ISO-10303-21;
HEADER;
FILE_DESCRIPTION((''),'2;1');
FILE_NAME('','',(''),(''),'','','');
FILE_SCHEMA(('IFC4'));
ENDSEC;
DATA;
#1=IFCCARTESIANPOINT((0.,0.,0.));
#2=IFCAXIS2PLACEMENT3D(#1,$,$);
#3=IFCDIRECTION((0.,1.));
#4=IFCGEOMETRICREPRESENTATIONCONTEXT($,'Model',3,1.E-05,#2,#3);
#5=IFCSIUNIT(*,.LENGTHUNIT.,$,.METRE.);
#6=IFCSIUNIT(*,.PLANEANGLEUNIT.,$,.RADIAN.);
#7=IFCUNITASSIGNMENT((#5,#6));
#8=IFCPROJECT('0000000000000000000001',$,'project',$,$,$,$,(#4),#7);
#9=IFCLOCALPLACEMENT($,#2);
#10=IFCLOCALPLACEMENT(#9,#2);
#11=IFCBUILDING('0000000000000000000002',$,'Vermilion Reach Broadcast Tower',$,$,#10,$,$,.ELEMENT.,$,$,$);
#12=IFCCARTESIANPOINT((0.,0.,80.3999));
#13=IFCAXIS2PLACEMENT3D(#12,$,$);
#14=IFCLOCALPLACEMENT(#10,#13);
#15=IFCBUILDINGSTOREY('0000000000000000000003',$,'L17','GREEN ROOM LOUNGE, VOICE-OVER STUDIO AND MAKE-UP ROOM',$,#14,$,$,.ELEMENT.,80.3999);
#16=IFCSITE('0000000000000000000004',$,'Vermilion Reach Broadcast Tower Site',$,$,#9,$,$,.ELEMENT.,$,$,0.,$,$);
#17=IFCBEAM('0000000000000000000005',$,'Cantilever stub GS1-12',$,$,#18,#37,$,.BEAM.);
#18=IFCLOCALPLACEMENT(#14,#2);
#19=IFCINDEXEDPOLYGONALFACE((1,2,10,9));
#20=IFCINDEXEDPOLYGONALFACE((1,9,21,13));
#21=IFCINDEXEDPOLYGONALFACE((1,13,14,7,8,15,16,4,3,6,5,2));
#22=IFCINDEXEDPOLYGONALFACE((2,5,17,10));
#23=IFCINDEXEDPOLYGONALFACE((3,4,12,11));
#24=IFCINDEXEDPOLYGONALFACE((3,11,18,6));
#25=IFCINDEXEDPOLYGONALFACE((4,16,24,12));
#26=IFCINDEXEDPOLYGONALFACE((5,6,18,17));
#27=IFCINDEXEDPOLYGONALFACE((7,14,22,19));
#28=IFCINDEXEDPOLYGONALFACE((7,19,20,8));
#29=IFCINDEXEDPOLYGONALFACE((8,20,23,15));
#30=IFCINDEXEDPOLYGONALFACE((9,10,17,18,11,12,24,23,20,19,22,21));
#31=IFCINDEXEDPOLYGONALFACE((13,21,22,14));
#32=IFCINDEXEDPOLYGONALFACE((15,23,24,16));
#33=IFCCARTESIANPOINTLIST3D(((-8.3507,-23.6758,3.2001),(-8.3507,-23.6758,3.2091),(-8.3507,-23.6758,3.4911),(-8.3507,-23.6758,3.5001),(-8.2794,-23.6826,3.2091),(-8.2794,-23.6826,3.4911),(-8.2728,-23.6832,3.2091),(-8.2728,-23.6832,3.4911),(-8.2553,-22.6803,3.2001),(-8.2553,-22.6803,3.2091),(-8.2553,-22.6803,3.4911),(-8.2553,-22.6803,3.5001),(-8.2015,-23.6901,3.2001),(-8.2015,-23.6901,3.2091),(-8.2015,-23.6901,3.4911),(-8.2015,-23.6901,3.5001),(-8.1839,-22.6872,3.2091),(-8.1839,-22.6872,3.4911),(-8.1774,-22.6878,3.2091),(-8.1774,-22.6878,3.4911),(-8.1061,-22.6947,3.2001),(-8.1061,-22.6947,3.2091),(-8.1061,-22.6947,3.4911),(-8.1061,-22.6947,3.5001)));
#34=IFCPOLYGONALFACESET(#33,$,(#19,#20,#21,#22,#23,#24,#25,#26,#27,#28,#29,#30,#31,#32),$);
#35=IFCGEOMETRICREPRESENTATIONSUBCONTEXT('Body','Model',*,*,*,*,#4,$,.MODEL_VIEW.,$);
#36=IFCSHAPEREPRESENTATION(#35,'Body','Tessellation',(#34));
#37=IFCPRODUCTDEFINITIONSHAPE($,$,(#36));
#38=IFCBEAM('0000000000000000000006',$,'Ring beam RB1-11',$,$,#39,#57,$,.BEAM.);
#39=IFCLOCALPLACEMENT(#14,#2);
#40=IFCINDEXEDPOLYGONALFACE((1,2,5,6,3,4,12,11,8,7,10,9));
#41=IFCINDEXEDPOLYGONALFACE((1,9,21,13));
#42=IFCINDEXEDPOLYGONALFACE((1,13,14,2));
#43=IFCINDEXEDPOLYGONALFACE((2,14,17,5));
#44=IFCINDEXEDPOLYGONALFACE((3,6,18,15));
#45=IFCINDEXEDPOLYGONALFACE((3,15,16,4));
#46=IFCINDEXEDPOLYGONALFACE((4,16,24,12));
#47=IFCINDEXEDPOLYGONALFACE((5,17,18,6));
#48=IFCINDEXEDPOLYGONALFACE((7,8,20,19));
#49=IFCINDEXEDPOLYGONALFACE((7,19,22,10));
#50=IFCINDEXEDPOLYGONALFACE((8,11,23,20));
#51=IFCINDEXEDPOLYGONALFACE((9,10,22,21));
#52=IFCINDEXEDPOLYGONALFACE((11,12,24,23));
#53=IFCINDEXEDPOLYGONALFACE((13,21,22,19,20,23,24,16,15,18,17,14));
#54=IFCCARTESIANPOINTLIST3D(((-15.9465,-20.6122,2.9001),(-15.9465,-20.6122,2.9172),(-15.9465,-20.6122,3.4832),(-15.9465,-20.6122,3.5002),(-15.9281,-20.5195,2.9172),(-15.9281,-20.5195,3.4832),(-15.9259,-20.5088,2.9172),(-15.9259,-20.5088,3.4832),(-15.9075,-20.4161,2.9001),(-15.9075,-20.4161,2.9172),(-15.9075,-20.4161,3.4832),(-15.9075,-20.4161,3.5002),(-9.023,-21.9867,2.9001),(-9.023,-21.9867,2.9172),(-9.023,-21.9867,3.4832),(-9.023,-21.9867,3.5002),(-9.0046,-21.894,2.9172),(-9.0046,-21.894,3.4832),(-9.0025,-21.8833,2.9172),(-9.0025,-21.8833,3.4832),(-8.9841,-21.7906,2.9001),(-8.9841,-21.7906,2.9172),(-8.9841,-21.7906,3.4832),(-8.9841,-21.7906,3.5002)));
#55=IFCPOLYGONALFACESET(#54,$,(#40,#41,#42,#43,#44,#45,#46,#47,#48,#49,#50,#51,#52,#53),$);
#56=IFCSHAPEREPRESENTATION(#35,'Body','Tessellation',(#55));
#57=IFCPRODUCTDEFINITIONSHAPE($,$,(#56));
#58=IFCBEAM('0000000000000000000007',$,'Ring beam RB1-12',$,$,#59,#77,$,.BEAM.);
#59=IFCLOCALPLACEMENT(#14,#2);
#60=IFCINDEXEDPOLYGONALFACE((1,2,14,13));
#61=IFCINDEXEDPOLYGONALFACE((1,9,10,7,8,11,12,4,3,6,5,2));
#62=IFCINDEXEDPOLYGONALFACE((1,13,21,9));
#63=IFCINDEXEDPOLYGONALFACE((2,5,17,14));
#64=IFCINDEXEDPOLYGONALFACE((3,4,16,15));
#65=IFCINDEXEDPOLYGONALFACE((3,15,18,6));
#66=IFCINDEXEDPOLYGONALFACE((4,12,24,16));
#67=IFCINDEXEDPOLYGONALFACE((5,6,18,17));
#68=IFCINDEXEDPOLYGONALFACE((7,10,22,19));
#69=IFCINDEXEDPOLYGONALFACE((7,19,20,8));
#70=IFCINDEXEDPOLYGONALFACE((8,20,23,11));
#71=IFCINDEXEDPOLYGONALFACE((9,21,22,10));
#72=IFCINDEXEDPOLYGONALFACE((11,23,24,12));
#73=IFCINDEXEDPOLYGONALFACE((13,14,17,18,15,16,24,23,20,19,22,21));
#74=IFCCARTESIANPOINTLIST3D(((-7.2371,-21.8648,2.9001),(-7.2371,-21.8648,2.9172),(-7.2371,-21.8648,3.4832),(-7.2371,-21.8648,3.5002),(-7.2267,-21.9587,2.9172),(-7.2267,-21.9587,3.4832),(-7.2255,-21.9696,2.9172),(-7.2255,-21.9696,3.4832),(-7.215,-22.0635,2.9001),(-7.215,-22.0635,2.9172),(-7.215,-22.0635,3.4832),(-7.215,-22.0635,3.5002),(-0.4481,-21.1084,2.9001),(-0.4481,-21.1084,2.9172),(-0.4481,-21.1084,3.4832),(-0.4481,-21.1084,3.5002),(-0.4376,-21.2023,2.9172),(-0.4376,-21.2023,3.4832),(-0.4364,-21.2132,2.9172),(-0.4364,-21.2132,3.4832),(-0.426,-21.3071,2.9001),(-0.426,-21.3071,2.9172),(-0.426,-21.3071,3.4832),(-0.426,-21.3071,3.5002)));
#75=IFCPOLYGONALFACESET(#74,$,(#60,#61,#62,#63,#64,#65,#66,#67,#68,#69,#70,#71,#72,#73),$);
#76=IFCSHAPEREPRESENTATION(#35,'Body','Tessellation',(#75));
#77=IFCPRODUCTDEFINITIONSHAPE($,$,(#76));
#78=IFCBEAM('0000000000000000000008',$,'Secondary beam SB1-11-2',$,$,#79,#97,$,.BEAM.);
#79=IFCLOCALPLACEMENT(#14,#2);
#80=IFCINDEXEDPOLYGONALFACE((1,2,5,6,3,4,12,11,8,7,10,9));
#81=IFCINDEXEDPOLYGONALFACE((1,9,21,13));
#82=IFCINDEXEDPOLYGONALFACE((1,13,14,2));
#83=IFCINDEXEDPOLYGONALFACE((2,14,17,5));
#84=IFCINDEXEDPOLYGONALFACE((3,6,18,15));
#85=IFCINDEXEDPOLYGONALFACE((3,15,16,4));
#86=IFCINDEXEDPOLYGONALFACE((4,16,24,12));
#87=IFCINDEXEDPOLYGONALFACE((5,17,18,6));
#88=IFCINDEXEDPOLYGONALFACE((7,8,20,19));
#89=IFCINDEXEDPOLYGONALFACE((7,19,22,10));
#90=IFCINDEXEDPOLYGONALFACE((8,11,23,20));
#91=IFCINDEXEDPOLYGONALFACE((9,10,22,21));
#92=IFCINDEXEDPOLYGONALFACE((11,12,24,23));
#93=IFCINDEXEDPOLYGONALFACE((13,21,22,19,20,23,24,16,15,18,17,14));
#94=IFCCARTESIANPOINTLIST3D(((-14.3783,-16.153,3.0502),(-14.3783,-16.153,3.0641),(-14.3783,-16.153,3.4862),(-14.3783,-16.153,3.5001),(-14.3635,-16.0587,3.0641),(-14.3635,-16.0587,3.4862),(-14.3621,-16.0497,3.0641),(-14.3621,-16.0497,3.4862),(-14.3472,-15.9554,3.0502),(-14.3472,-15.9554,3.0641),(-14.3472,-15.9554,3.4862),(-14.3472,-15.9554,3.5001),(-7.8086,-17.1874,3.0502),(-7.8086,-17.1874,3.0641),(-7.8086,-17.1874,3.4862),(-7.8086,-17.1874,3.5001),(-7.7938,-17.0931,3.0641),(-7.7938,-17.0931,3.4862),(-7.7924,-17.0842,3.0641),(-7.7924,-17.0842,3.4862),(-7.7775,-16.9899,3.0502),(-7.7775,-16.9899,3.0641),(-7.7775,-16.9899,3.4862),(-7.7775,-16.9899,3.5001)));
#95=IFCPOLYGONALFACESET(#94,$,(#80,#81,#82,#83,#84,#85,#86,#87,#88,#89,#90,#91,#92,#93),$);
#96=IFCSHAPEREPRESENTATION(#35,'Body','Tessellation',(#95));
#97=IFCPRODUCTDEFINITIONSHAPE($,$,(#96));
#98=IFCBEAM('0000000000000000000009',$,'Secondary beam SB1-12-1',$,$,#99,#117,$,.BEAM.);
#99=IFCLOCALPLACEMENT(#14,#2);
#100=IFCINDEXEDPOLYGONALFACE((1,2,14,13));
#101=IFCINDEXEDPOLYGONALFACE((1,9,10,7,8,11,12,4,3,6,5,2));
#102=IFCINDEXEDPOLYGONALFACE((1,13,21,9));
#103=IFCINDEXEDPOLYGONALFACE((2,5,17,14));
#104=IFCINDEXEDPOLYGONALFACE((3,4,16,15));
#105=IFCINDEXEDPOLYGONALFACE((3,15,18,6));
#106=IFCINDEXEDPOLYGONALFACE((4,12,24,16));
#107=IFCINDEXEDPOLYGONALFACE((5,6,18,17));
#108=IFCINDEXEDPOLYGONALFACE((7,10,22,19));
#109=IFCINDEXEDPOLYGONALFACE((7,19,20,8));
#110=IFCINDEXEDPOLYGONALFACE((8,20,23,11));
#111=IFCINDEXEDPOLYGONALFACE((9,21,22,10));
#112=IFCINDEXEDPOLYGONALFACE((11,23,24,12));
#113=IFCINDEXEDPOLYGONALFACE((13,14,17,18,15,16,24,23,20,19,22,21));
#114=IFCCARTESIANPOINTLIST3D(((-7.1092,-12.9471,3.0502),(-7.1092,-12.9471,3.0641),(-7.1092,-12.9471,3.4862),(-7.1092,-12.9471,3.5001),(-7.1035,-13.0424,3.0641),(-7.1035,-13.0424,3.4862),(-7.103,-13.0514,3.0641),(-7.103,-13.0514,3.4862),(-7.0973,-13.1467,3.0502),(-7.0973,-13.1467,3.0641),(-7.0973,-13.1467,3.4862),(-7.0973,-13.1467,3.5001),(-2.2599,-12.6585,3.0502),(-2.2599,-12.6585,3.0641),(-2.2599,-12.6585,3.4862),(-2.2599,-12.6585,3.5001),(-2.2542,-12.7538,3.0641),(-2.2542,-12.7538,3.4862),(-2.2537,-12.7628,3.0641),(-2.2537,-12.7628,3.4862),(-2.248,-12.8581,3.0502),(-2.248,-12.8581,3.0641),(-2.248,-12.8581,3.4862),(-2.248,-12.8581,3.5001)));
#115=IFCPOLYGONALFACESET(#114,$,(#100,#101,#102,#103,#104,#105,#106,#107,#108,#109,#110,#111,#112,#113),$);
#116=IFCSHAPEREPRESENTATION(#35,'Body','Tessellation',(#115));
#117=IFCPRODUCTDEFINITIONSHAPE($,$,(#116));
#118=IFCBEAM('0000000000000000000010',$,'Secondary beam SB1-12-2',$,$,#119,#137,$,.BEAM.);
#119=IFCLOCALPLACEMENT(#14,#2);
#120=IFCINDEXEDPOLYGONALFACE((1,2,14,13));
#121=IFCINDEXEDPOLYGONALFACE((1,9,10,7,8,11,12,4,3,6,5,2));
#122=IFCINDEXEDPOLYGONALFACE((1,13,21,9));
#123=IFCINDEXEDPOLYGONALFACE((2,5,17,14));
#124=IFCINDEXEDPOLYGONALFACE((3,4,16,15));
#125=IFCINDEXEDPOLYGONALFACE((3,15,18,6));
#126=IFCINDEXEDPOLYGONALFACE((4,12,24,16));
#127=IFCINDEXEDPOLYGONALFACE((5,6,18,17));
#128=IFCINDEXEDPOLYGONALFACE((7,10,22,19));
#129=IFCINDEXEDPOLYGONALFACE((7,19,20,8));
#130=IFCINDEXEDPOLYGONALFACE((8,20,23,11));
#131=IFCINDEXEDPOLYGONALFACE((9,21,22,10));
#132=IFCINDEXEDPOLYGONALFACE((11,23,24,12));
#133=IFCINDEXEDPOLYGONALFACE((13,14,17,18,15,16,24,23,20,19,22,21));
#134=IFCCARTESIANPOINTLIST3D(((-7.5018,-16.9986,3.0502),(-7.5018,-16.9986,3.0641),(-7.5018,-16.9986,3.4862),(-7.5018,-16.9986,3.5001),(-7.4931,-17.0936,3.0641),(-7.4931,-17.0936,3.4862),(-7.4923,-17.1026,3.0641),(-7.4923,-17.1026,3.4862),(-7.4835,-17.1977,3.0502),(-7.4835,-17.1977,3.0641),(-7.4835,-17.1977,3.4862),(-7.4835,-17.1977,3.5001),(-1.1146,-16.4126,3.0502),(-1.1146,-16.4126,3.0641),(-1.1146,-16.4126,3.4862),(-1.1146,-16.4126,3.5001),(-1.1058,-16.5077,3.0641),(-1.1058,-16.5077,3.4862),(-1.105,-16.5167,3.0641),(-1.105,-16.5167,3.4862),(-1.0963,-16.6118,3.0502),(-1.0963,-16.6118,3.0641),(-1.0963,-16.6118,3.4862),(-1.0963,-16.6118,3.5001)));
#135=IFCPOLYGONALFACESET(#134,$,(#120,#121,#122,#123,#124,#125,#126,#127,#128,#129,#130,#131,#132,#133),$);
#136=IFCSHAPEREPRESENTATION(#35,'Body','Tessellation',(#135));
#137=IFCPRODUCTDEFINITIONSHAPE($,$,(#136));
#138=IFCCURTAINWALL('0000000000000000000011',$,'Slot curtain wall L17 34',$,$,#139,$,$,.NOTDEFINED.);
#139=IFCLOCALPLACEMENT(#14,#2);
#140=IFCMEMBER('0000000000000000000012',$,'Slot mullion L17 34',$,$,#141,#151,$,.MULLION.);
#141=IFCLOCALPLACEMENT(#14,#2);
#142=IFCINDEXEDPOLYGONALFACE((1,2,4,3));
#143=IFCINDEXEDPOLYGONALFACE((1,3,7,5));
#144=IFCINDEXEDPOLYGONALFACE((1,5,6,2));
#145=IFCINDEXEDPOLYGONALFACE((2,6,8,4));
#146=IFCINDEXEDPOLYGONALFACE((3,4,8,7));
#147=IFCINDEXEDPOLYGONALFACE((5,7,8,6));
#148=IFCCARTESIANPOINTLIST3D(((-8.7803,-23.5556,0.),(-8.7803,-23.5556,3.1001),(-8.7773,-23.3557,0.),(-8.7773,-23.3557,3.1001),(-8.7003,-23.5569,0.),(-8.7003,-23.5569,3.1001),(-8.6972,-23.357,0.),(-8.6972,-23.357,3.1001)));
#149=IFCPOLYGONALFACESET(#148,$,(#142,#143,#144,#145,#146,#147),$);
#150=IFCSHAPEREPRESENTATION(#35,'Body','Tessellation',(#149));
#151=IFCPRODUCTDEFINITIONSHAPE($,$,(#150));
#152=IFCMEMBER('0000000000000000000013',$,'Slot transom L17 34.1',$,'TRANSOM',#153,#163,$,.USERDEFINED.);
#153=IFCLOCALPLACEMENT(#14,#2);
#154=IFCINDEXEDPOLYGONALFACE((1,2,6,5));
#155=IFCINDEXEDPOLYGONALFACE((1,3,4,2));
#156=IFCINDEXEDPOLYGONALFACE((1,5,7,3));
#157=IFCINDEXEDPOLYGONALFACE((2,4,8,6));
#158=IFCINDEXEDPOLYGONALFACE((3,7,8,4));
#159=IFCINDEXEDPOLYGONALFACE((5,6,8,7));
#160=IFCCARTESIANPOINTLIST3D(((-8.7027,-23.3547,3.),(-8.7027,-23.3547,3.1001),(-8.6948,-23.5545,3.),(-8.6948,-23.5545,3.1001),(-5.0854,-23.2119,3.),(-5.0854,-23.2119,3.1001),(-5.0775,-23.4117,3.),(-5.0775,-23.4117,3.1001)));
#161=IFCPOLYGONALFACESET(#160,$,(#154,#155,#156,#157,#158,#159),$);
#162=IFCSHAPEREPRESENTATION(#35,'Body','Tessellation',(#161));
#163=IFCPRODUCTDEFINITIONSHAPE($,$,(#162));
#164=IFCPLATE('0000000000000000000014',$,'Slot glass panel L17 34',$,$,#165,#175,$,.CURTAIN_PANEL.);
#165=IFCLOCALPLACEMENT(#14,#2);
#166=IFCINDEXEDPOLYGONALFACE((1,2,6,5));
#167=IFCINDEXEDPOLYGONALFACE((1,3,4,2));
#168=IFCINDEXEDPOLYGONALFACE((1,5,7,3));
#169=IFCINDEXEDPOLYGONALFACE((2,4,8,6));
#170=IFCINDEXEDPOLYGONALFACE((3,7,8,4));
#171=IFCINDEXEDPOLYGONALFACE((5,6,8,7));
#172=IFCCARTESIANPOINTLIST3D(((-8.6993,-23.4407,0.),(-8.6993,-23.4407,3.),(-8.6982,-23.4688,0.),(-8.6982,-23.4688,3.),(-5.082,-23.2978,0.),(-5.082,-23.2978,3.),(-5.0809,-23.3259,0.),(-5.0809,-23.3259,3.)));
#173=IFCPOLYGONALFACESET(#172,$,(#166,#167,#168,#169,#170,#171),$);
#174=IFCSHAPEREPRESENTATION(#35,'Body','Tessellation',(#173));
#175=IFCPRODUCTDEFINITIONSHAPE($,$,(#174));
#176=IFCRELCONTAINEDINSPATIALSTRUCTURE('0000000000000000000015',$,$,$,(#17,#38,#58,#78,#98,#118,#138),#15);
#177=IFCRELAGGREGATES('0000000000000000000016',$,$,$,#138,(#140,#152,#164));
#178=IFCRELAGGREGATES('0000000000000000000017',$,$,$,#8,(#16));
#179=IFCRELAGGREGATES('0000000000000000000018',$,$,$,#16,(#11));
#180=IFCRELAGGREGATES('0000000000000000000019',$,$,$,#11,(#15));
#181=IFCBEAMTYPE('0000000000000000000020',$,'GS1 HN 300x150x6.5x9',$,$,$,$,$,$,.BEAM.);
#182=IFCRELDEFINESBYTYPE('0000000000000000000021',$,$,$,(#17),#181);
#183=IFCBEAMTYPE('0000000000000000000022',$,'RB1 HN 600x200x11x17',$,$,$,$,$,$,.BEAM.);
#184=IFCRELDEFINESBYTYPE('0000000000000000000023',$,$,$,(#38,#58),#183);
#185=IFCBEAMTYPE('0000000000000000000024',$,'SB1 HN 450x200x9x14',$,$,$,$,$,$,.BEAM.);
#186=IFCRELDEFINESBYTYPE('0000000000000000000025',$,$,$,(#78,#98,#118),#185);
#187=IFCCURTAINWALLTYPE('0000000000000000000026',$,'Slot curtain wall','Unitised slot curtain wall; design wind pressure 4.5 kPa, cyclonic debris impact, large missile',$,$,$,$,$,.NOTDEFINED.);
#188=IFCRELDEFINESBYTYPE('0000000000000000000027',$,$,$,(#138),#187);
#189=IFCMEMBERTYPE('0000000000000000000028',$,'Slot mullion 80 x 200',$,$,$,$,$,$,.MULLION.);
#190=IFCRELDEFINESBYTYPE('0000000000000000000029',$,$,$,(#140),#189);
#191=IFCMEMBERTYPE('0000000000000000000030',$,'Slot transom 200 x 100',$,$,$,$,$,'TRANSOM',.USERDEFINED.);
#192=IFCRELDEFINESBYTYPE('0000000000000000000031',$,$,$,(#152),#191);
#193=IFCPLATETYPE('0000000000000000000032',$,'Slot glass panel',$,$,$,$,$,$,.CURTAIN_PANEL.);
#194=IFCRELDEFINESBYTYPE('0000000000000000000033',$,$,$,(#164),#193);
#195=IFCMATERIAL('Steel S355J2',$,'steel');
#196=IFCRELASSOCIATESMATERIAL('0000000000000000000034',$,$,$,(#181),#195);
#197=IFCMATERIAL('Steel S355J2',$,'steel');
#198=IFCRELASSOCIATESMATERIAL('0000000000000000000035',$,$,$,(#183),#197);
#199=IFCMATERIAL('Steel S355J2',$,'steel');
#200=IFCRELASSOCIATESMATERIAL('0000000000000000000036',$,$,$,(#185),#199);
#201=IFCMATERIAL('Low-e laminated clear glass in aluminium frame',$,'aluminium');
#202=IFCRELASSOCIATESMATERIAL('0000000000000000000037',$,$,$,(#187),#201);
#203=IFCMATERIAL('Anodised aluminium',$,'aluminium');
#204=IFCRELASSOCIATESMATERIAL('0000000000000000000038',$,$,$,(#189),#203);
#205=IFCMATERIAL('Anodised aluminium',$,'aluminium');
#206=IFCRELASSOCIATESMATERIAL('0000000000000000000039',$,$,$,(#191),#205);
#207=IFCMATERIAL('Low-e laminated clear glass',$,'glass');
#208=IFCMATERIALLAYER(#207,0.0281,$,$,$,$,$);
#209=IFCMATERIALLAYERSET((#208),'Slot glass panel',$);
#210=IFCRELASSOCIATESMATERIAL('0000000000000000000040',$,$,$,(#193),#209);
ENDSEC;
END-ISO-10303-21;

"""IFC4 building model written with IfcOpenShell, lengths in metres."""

from ifc_helpers import new_model, si_unit, direction, frame, origin, origin_2d, place, context, subcontext, project, spatial, rectangle, i_section, extrude, material, layer, layer_set, material_profile, profile_set, type_object, element, aggregate, save


model = new_model("IFC4")

# Units and contexts
model_context = context("Model", 3, precision=1e-05, world=origin(), true_north=direction((0.0, 1.0)))
body_context = subcontext(model_context, "Body", "Model", "MODEL_VIEW")
ifc_project = project(units=[si_unit("LENGTHUNIT", "METRE"), si_unit("PLANEANGLEUNIT", "RADIAN")], contexts=[model_context])

# Site, building, storey
site_placement = place(None, origin())
site = spatial("IfcSite", under=ifc_project, at=site_placement, Name="Vermilion Reach Broadcast Tower Site", CompositionType="ELEMENT", RefElevation=0.0)
building_placement = place(site_placement, origin())
building = spatial("IfcBuilding", under=site, at=building_placement, Name="Vermilion Reach Broadcast Tower", CompositionType="ELEMENT")
storey_placement = place(building_placement, frame((0.0, 0.0, 80.3999)))
storey = spatial("IfcBuildingStorey", under=building, at=storey_placement, Name="L17", Description="GREEN ROOM LOUNGE, VOICE-OVER STUDIO AND MAKE-UP ROOM", CompositionType="ELEMENT", Elevation=80.3999)

# Beams
ifc_material_1 = material(Name="Steel S355J2", Category="steel")
ifc_material_profile_1 = material_profile(ifc_material_1, i_section(OverallWidth=0.1499, OverallDepth=0.3, WebThickness=0.0066, FlangeThickness=0.009, at=origin_2d()), Name="S355J2 HN 300x150x6.5x9")
ifc_profile_set_1 = profile_set([ifc_material_profile_1], Name="Steel S355J2")
beam_type_1 = type_object("IfcBeamType", Name="GS1 HN 300x150x6.5x9", PredefinedType="BEAM", material=ifc_profile_set_1)
beam_1_placement = place(storey_placement, frame((-8.1807, -22.6875, 3.3501), z_axis=(-0.095466, -0.995433, 0.0), x_axis=(0.995433, -0.095466, 0.0)))
element("IfcBeam", 1, at=beam_1_placement, inside=storey, type_object=beam_type_1, Name="Cantilever stub GS1-12", PredefinedType="BEAM", context=body_context, shape_type="SweptSolid", body=[
    extrude(i_section(OverallWidth=0.1499, OverallDepth=0.3, WebThickness=0.0066, FlangeThickness=0.009, at=origin_2d()), origin(), (0.0, 0.0, 1.0), 1.0),
])
ifc_material_2 = material(Name="Steel S355J2", Category="steel")
ifc_material_profile_2 = material_profile(ifc_material_2, i_section(OverallWidth=0.2, OverallDepth=0.6001, WebThickness=0.011, FlangeThickness=0.0171, at=origin_2d()), Name="S355J2 HN 600x200x11x17")
ifc_profile_set_2 = profile_set([ifc_material_profile_2], Name="Steel S355J2")
beam_type_2 = type_object("IfcBeamType", Name="RB1 HN 600x200x11x17", PredefinedType="BEAM", material=ifc_profile_set_2)
beam_2_placement = place(storey_placement, frame((-15.927, -20.5142, 3.2002), z_axis=(0.980858, -0.194726, 0.0), x_axis=(0.194726, 0.980858, 0.0)))
element("IfcBeam", 2, at=beam_2_placement, inside=storey, type_object=beam_type_2, Name="Ring beam RB1-11", PredefinedType="BEAM", context=body_context, shape_type="SweptSolid", body=[
    extrude(i_section(OverallWidth=0.2, OverallDepth=0.6001, WebThickness=0.011, FlangeThickness=0.0171, at=origin_2d()), origin(), (0.0, 0.0, 1.0), 7.0586),
])
beam_3_placement = place(storey_placement, frame((-7.2261, -21.9641, 3.2002), z_axis=(0.993851, 0.110722, 0.0), x_axis=(-0.110722, 0.993851, 0.0)))
element("IfcBeam", 3, at=beam_3_placement, inside=storey, type_object=beam_type_2, Name="Ring beam RB1-12", PredefinedType="BEAM", context=body_context, shape_type="SweptSolid", body=[
    extrude(i_section(OverallWidth=0.2, OverallDepth=0.6001, WebThickness=0.011, FlangeThickness=0.0171, at=origin_2d()), origin(), (0.0, 0.0, 1.0), 6.8311),
])
ifc_material_3 = material(Name="Steel S355J2", Category="steel")
ifc_material_profile_3 = material_profile(ifc_material_3, i_section(OverallWidth=0.2, OverallDepth=0.45, WebThickness=0.009, FlangeThickness=0.0139, at=origin_2d()), Name="S355J2 HN 450x200x9x14")
ifc_profile_set_3 = profile_set([ifc_material_profile_3], Name="Steel S355J2")
beam_type_3 = type_object("IfcBeamType", Name="SB1 HN 450x200x9x14", PredefinedType="BEAM", material=ifc_profile_set_3)
beam_4_placement = place(storey_placement, frame((-14.3628, -16.0542, 3.2751), z_axis=(0.98783, -0.15554, 0.0), x_axis=(0.15554, 0.98783, 0.0)))
element("IfcBeam", 4, at=beam_4_placement, inside=storey, type_object=beam_type_3, Name="Secondary beam SB1-11-2", PredefinedType="BEAM", context=body_context, shape_type="SweptSolid", body=[
    extrude(i_section(OverallWidth=0.2, OverallDepth=0.45, WebThickness=0.009, FlangeThickness=0.0139, at=origin_2d()), origin(), (0.0, 0.0, 1.0), 6.6506),
])
beam_5_placement = place(storey_placement, frame((-7.1033, -13.0469, 3.2751), z_axis=(0.998234, 0.059403, 0.0), x_axis=(-0.059403, 0.998234, 0.0)))
element("IfcBeam", 5, at=beam_5_placement, inside=storey, type_object=beam_type_3, Name="Secondary beam SB1-12-1", PredefinedType="BEAM", context=body_context, shape_type="SweptSolid", body=[
    extrude(i_section(OverallWidth=0.2, OverallDepth=0.45, WebThickness=0.009, FlangeThickness=0.0139, at=origin_2d()), origin(), (0.0, 0.0, 1.0), 4.8579),
])
beam_6_placement = place(storey_placement, frame((-7.4927, -17.0981, 3.2751), z_axis=(0.995819, 0.091353, 0.0), x_axis=(-0.091353, 0.995819, 0.0)))
element("IfcBeam", 6, at=beam_6_placement, inside=storey, type_object=beam_type_3, Name="Secondary beam SB1-12-2", PredefinedType="BEAM", context=body_context, shape_type="SweptSolid", body=[
    extrude(i_section(OverallWidth=0.2, OverallDepth=0.45, WebThickness=0.009, FlangeThickness=0.0139, at=origin_2d()), origin(), (0.0, 0.0, 1.0), 6.4141),
])

# Curtain wall, members, plate
ifc_material_4 = material(Name="Low-e laminated clear glass in aluminium frame", Category="aluminium")
curtain_wall_type = type_object("IfcCurtainWallType", Name="Slot curtain wall", Description="Unitised slot curtain wall; design wind pressure 4.5 kPa, cyclonic debris impact, large missile", PredefinedType="NOTDEFINED", material=ifc_material_4)
curtain_wall_placement = place(storey_placement, origin())
curtain_wall = element("IfcCurtainWall", 7, at=curtain_wall_placement, inside=storey, type_object=curtain_wall_type, Name="Slot curtain wall L17 34", PredefinedType="NOTDEFINED")
ifc_material_5 = material(Name="Anodised aluminium", Category="aluminium")
ifc_material_profile_4 = material_profile(ifc_material_5, rectangle(XDim=0.2, YDim=0.0801, at=origin_2d()), Name="Slot mullion 80 x 200")
ifc_profile_set_4 = profile_set([ifc_material_profile_4], Name="Anodised aluminium")
member_type_1 = type_object("IfcMemberType", Name="Slot mullion 80 x 200", PredefinedType="MULLION", material=ifc_profile_set_4)
member_1_placement = place(storey_placement, frame((-8.7388, -23.4563, 0.0), z_axis=(0.0, 0.0, 1.0), x_axis=(0.015376, 0.999882, 0.0)))
member_1 = element("IfcMember", 8, at=member_1_placement, type_object=member_type_1, Name="Slot mullion L17 34", PredefinedType="MULLION", context=body_context, shape_type="SweptSolid", body=[
    extrude(rectangle(XDim=0.2, YDim=0.0801, at=origin_2d()), origin(), (0.0, 0.0, 1.0), 3.1001),
])
ifc_material_6 = material(Name="Anodised aluminium", Category="aluminium")
ifc_material_profile_5 = material_profile(ifc_material_6, rectangle(XDim=0.2, YDim=0.1001, at=origin_2d()), Name="Slot transom 200 x 100")
ifc_profile_set_5 = profile_set([ifc_material_profile_5], Name="Anodised aluminium")
member_type_2 = type_object("IfcMemberType", Name="Slot transom 200 x 100", ElementType="TRANSOM", PredefinedType="USERDEFINED", material=ifc_profile_set_5)
member_2_placement = place(storey_placement, frame((-8.6987, -23.4546, 3.05), z_axis=(0.999221, 0.039454, 0.0), x_axis=(-0.039454, 0.999221, 0.0)))
member_2 = element("IfcMember", 9, at=member_2_placement, type_object=member_type_2, Name="Slot transom L17 34.1", ObjectType="TRANSOM", PredefinedType="USERDEFINED", context=body_context, shape_type="SweptSolid", body=[
    extrude(rectangle(XDim=0.2, YDim=0.1001, at=origin_2d()), origin(), (0.0, 0.0, 1.0), 3.6201),
])
ifc_material_7 = material(Name="Low-e laminated clear glass", Category="glass")
ifc_layer_1 = layer(ifc_material_7, 0.0281)
ifc_layer_set_1 = layer_set([ifc_layer_1], Name="Slot glass panel")
plate_type = type_object("IfcPlateType", Name="Slot glass panel", PredefinedType="CURTAIN_PANEL", material=ifc_layer_set_1)
plate_placement = place(storey_placement, frame((-6.8901, -23.3833, 0.0), z_axis=(0.0, 0.0, 1.0), x_axis=(0.99922, 0.039477, 0.0)))
plate = element("IfcPlate", 10, at=plate_placement, type_object=plate_type, Name="Slot glass panel L17 34", PredefinedType="CURTAIN_PANEL", context=body_context, shape_type="SweptSolid", body=[
    extrude(rectangle(XDim=3.6201, YDim=0.0281, at=origin_2d()), origin(), (0.0, 0.0, 1.0), 3.0),
])
aggregate(curtain_wall, [member_1, member_2, plate])

save(model, "model.ifc")
